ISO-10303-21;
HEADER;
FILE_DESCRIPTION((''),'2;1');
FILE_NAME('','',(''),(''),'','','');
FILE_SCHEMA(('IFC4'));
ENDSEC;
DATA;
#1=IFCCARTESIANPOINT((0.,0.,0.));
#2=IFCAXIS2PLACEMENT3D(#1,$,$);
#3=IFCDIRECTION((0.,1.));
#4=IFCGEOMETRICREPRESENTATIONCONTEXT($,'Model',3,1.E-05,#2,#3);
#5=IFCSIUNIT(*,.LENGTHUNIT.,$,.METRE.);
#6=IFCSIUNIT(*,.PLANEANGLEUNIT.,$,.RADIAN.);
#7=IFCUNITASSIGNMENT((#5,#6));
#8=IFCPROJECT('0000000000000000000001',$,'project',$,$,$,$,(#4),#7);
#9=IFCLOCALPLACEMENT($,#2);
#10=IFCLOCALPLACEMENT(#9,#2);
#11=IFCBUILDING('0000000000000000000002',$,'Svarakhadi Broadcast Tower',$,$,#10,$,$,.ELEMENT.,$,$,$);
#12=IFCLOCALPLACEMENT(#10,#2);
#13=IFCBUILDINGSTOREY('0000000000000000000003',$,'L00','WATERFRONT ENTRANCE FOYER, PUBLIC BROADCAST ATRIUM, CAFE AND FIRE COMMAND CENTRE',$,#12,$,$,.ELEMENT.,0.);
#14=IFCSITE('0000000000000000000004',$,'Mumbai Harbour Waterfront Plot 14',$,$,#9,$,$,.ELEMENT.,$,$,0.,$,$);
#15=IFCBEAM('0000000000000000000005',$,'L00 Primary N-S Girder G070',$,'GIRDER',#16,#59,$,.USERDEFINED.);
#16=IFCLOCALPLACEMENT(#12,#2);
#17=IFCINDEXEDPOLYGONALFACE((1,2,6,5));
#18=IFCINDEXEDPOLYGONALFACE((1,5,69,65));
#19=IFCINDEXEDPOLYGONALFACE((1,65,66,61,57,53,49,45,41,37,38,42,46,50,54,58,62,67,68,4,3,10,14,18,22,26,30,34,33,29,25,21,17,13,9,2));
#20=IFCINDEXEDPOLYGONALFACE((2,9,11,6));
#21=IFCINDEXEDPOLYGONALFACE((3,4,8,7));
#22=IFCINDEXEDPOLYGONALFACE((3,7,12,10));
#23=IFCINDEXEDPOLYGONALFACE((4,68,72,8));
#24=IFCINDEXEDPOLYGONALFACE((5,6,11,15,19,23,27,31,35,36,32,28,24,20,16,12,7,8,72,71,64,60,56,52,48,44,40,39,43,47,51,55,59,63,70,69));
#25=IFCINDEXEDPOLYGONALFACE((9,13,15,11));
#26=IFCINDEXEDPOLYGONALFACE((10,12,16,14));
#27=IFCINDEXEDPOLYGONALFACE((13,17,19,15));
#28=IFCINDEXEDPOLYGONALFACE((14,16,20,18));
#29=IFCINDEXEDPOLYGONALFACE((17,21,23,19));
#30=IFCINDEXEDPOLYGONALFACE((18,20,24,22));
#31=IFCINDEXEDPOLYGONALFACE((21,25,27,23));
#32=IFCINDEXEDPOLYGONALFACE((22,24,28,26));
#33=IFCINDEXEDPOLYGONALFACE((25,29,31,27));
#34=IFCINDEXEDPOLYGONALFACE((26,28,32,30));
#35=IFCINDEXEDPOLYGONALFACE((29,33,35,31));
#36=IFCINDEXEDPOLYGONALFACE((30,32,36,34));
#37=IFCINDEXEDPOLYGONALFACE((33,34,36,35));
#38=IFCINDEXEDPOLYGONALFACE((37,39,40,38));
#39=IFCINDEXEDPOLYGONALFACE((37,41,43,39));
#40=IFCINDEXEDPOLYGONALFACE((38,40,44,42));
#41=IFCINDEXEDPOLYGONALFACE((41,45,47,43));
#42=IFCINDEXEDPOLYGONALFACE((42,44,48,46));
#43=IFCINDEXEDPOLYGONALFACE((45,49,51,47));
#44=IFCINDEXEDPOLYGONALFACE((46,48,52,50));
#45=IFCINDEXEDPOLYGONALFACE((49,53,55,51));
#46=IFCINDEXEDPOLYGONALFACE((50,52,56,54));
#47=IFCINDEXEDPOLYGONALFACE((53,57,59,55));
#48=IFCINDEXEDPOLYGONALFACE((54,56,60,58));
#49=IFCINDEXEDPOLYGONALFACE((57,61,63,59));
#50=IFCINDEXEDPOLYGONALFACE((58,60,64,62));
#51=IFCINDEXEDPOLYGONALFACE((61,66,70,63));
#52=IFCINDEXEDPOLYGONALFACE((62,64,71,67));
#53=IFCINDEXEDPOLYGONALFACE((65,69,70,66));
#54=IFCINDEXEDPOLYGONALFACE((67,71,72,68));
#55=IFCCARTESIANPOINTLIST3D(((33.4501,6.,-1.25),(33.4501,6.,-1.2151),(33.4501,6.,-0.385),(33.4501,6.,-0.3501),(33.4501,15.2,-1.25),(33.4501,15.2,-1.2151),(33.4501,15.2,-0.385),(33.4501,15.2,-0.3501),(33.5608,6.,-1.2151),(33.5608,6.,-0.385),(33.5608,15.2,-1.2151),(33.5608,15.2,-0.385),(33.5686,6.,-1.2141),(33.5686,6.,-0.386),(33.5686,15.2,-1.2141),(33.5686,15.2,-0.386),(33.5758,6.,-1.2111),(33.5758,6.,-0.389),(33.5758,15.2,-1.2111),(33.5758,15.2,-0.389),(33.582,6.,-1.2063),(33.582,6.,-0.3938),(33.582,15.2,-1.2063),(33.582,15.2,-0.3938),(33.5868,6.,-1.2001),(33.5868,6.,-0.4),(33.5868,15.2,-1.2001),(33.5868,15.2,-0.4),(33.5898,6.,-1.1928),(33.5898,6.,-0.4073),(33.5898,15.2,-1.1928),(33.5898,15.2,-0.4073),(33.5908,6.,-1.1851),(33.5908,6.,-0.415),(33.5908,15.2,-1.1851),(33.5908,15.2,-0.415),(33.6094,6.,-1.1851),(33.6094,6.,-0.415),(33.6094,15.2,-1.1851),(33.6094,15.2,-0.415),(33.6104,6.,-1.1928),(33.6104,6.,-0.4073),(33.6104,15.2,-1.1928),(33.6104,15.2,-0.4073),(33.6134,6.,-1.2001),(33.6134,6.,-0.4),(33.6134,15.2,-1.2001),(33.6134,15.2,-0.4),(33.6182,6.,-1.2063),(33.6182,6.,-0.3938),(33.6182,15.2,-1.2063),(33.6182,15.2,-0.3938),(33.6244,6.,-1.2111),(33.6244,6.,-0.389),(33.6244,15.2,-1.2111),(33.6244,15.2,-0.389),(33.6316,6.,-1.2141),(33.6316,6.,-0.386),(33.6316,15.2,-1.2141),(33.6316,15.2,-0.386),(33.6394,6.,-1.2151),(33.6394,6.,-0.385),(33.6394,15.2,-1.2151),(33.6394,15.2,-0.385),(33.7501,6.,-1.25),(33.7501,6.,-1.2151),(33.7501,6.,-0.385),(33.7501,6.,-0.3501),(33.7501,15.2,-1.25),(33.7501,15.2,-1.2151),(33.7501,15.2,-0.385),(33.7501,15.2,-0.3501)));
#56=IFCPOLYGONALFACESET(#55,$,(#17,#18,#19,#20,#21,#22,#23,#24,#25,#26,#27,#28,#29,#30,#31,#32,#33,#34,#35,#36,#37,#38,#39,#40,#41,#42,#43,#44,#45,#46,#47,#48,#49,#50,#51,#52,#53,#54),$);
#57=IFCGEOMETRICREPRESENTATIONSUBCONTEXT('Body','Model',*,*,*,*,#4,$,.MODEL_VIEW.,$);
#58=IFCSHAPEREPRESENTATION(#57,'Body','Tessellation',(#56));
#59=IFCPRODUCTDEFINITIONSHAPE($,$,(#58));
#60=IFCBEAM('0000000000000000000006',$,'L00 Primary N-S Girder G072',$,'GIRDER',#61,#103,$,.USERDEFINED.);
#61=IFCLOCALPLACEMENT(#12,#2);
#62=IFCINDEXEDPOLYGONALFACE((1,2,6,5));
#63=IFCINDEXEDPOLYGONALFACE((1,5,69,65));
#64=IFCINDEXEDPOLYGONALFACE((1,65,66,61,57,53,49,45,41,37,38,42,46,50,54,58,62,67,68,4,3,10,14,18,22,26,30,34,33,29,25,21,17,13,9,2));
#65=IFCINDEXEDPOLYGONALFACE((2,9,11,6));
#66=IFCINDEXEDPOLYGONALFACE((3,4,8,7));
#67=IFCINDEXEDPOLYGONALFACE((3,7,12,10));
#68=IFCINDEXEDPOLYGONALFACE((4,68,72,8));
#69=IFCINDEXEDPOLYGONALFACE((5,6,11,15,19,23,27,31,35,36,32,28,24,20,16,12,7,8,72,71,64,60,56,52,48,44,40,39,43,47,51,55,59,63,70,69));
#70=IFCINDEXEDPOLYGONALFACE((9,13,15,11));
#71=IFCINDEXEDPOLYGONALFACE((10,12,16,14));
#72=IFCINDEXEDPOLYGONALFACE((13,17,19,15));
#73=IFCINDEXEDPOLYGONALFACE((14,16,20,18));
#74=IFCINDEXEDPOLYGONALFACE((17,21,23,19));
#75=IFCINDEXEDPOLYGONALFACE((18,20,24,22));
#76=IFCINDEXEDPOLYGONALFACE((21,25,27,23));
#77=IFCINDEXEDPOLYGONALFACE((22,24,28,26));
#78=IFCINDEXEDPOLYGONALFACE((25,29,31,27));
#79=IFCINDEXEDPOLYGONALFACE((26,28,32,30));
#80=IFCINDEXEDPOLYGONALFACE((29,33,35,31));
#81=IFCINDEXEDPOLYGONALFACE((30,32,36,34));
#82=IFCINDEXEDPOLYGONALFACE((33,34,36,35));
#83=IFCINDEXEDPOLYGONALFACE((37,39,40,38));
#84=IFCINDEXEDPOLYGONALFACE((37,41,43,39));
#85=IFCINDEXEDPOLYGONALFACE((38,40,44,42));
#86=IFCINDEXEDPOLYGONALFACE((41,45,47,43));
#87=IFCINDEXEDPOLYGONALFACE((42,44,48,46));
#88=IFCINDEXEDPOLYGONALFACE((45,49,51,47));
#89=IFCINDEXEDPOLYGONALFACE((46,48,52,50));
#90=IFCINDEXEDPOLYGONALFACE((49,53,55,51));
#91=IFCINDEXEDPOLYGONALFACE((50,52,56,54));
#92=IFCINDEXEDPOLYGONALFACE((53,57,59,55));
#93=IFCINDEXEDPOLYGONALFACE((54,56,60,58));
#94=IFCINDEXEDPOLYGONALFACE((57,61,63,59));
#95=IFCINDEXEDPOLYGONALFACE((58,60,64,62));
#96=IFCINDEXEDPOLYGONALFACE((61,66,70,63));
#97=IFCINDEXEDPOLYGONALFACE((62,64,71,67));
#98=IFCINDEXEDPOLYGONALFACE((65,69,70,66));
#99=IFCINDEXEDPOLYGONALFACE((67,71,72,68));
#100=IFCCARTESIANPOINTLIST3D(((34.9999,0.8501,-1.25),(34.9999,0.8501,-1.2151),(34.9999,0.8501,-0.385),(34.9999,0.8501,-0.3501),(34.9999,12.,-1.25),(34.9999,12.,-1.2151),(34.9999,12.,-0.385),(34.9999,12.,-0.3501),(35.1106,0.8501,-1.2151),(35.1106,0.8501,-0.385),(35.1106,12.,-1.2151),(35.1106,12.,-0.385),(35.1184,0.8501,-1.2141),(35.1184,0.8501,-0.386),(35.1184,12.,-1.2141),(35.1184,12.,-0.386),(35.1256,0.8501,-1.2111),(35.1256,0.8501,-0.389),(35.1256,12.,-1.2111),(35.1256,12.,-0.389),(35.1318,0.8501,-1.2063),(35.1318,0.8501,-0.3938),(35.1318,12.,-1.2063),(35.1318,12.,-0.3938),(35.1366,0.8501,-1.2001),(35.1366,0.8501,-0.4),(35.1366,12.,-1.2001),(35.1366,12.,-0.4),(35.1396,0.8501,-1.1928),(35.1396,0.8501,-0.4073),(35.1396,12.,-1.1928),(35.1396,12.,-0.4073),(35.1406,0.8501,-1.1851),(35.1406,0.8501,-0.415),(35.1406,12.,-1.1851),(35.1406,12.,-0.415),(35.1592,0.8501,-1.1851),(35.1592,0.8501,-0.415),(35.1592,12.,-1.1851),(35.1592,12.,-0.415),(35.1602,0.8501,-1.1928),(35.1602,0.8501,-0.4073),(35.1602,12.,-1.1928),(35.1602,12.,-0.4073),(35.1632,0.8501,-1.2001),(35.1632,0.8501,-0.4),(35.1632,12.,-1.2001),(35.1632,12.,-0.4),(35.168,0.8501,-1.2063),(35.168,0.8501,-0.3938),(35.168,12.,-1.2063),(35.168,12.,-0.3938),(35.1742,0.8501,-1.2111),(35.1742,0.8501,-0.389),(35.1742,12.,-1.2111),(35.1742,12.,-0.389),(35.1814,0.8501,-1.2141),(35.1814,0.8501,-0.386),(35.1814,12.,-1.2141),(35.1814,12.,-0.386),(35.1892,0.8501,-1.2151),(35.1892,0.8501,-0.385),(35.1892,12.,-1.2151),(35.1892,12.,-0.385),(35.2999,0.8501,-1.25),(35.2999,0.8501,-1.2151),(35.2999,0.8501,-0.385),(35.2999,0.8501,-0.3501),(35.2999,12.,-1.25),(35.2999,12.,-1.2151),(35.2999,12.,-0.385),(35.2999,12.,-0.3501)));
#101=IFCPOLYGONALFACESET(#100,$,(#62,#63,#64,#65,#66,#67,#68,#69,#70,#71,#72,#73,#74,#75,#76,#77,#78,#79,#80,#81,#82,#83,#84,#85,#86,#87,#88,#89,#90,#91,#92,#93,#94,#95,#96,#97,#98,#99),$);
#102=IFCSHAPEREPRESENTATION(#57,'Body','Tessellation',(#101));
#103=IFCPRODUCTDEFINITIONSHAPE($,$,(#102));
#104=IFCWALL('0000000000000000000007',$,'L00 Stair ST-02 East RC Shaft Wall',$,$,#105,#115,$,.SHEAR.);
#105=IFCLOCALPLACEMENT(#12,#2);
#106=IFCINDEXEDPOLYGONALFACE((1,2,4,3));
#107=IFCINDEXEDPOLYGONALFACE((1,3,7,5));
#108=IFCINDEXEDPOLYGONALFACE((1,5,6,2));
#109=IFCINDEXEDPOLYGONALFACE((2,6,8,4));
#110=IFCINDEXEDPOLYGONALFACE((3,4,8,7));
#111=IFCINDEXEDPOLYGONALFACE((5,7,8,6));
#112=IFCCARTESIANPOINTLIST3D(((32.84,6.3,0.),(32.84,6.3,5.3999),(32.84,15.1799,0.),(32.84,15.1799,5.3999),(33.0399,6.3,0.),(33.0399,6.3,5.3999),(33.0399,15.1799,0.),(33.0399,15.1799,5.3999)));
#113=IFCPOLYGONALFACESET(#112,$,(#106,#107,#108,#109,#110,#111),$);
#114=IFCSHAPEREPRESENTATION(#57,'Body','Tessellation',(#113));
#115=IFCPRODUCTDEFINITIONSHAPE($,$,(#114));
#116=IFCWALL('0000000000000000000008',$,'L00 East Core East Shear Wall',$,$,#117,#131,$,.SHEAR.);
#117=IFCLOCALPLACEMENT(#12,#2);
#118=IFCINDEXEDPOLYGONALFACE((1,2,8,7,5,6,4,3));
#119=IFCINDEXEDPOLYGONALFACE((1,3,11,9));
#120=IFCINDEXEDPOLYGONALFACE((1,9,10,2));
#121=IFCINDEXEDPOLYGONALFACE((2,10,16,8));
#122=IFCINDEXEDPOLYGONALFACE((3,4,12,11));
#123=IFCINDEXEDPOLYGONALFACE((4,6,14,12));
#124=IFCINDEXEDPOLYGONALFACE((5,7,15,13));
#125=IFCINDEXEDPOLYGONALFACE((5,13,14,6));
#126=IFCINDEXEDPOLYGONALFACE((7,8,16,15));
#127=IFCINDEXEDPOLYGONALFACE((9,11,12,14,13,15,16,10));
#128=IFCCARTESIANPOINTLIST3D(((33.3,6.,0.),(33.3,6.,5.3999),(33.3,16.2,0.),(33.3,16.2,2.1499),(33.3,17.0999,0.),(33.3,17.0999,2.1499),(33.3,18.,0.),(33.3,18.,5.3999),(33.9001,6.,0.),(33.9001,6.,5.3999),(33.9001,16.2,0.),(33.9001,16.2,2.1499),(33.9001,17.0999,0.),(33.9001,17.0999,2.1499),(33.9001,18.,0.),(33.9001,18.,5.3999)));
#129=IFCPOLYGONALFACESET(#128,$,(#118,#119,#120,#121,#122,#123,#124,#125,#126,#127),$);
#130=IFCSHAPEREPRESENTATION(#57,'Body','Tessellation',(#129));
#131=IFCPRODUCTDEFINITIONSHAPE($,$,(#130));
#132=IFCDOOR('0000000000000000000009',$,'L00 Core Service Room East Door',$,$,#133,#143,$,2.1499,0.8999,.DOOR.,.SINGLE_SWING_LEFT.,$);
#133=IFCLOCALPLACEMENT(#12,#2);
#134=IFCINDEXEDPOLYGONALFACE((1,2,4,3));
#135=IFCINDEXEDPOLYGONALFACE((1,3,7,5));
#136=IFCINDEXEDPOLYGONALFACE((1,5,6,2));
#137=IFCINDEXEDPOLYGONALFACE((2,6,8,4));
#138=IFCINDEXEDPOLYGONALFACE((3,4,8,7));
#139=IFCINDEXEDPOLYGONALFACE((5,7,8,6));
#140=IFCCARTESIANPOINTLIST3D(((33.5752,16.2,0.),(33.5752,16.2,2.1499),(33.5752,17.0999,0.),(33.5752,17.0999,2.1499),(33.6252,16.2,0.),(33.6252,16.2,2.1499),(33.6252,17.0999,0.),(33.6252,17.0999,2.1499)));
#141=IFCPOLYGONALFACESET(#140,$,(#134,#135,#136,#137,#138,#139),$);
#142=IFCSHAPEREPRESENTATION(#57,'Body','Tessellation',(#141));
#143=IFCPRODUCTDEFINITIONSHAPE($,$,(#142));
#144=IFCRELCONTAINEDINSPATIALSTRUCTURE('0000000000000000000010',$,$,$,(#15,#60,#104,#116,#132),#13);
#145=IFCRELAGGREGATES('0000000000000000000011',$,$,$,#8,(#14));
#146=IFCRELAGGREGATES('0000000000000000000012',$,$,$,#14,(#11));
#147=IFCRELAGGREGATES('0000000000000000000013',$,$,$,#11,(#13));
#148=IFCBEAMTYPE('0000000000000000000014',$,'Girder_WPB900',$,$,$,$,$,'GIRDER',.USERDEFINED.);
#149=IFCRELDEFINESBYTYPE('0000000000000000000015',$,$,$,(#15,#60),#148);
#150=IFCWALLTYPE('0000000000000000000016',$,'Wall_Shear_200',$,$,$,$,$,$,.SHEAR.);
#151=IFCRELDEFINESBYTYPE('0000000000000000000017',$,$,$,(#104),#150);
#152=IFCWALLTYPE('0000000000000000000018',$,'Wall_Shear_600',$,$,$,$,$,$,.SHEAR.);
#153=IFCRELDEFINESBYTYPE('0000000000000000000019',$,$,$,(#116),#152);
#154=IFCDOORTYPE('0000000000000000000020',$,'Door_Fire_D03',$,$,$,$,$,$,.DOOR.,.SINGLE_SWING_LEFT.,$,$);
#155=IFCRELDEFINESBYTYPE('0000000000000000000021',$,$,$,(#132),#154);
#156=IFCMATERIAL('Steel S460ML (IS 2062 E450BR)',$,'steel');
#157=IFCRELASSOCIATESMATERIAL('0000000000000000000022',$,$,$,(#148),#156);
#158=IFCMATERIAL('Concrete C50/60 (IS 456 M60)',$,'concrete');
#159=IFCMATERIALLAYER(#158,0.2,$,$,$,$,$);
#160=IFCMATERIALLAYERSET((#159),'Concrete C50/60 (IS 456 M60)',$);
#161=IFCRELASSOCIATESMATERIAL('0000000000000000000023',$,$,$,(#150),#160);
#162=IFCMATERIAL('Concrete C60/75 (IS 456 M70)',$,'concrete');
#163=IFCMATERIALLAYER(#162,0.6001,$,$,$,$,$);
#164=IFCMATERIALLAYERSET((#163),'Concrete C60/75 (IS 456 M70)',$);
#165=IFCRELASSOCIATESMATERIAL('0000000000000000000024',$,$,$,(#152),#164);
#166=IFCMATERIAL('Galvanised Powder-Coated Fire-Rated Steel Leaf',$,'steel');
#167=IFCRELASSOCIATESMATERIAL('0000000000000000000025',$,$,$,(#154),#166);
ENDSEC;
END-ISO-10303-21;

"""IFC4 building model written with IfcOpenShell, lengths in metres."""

from ifc_helpers import new_model, si_unit, direction, frame, frame_2d, origin, origin_2d, place, context, subcontext, project, spatial, rectangle, i_section, extrude, material, layer, layer_set, material_profile, profile_set, type_object, element, fill, save


model = new_model("IFC4")

# Units and contexts
model_context = context("Model", 3, precision=1e-05, world=origin(), true_north=direction((0.0, 1.0)))
body_context = subcontext(model_context, "Body", "Model", "MODEL_VIEW")
ifc_project = project(units=[si_unit("LENGTHUNIT", "METRE"), si_unit("PLANEANGLEUNIT", "RADIAN")], contexts=[model_context])

# Site, building, storey
site_placement = place(None, origin())
site = spatial("IfcSite", under=ifc_project, at=site_placement, Name="Mumbai Harbour Waterfront Plot 14", CompositionType="ELEMENT", RefElevation=0.0)
building_placement = place(site_placement, origin())
building = spatial("IfcBuilding", under=site, at=building_placement, Name="Svarakhadi Broadcast Tower", CompositionType="ELEMENT")
storey_placement = place(building_placement, origin())
storey = spatial("IfcBuildingStorey", under=building, at=storey_placement, Name="L00", Description="WATERFRONT ENTRANCE FOYER, PUBLIC BROADCAST ATRIUM, CAFE AND FIRE COMMAND CENTRE", CompositionType="ELEMENT", Elevation=0.0)

# Shared definitions
ifc_material_1 = material(Name="Concrete C60/75 (IS 456 M70)", Category="concrete")

# Beams
ifc_material_2 = material(Name="Steel S460ML (IS 2062 E450BR)", Category="steel")
ifc_material_profile_1 = material_profile(ifc_material_2, i_section(OverallWidth=0.3, OverallDepth=0.8999, WebThickness=0.0186, FlangeThickness=0.0349, FilletRadius=0.03, at=origin_2d()), Name="WPB 900x300x291")
ifc_profile_set_1 = profile_set([ifc_material_profile_1], Name="Steel S460ML (IS 2062 E450BR)")
beam_type_1 = type_object("IfcBeamType", Name="Girder_WPB900", ElementType="GIRDER", PredefinedType="USERDEFINED", material=ifc_profile_set_1)
beam_1_placement = place(storey_placement, frame((33.6001, 6.0, -0.8), z_axis=(0.0, 1.0, 0.0), x_axis=(-1.0, 0.0, 0.0)))
element("IfcBeam", 1, at=beam_1_placement, inside=storey, type_object=beam_type_1, Name="L00 Primary N-S Girder G070", ObjectType="GIRDER", PredefinedType="USERDEFINED", context=body_context, shape_type="SweptSolid", body=[
    extrude(i_section(OverallWidth=0.3, OverallDepth=0.8999, WebThickness=0.0186, FlangeThickness=0.0349, FilletRadius=0.03, at=origin_2d()), origin(), (0.0, 0.0, 1.0), 9.2),
])
beam_2_placement = place(storey_placement, frame((35.1499, 0.8501, -0.8), z_axis=(0.0, 1.0, 0.0), x_axis=(-1.0, 0.0, 0.0)))
element("IfcBeam", 2, at=beam_2_placement, inside=storey, type_object=beam_type_1, Name="L00 Primary N-S Girder G072", ObjectType="GIRDER", PredefinedType="USERDEFINED", context=body_context, shape_type="SweptSolid", body=[
    extrude(i_section(OverallWidth=0.3, OverallDepth=0.8999, WebThickness=0.0186, FlangeThickness=0.0349, FilletRadius=0.03, at=origin_2d()), origin(), (0.0, 0.0, 1.0), 11.1499),
])

# Wall
ifc_material_3 = material(Name="Concrete C50/60 (IS 456 M60)", Category="concrete")
ifc_layer_1 = layer(ifc_material_3, 0.2)
ifc_layer_set_1 = layer_set([ifc_layer_1], Name="Concrete C50/60 (IS 456 M60)")
wall_type_1 = type_object("IfcWallType", Name="Wall_Shear_200", PredefinedType="SHEAR", material=ifc_layer_set_1)
wall_1_placement = place(storey_placement, frame((32.9399, 6.3, 0.0), z_axis=(0.0, 0.0, 1.0), x_axis=(0.0, 1.0, 0.0)))
element("IfcWall", 3, at=wall_1_placement, inside=storey, type_object=wall_type_1, Name="L00 Stair ST-02 East RC Shaft Wall", PredefinedType="SHEAR", context=body_context, shape_type="SweptSolid", body=[
    extrude(rectangle(XDim=8.8799, YDim=0.2, at=frame_2d((4.4399, 0.0))), origin(), (0.0, 0.0, 1.0), 5.3999),
])

# Wall, opening, door
ifc_layer_2 = layer(ifc_material_1, 0.6001)
ifc_layer_set_2 = layer_set([ifc_layer_2], Name="Concrete C60/75 (IS 456 M70)")
wall_type_2 = type_object("IfcWallType", Name="Wall_Shear_600", PredefinedType="SHEAR", material=ifc_layer_set_2)
wall_2_placement = place(storey_placement, frame((33.6001, 6.0, 0.0), z_axis=(0.0, 0.0, 1.0), x_axis=(0.0, 1.0, 0.0)))
wall_2 = element("IfcWall", 4, at=wall_2_placement, inside=storey, type_object=wall_type_2, Name="L00 East Core East Shear Wall", PredefinedType="SHEAR", context=body_context, shape_type="SweptSolid", body=[
    extrude(rectangle(XDim=12.0, YDim=0.6001, at=frame_2d((6.0, 0.0))), origin(), (0.0, 0.0, 1.0), 5.3999),
])
opening_placement = place(wall_2_placement, frame((10.2, 0.0, 0.0)))
opening = element("IfcOpeningElement", 5, at=opening_placement, cuts=wall_2, PredefinedType="OPENING", context=body_context, shape_type="SweptSolid", body=[
    extrude(rectangle(XDim=0.8999, YDim=2.1499, at=frame_2d((0.45, 1.075))), frame((0.0, 0.3101, 0.0), z_axis=(0.0, -1.0, 0.0), x_axis=(1.0, 0.0, 0.0)), (0.0, 0.0, 1.0), 0.6201),
])
ifc_material_4 = material(Name="Galvanised Powder-Coated Fire-Rated Steel Leaf", Category="steel")
door_type = type_object("IfcDoorType", Name="Door_Fire_D03", OperationType="SINGLE_SWING_LEFT", PredefinedType="DOOR", material=ifc_material_4)
door_placement = place(opening_placement, origin())
door = element("IfcDoor", 6, at=door_placement, inside=storey, type_object=door_type, Name="L00 Core Service Room East Door", OperationType="SINGLE_SWING_LEFT", OverallHeight=2.1499, OverallWidth=0.8999, PredefinedType="DOOR", context=body_context, shape_type="SweptSolid", body=[
    extrude(rectangle(XDim=0.8999, YDim=2.1499, at=frame_2d((0.45, 1.075))), frame((0.0, 0.0249, 0.0), z_axis=(0.0, -1.0, 0.0), x_axis=(1.0, 0.0, 0.0)), (0.0, 0.0, 1.0), 0.05),
])
fill(opening, door)

save(model, "model.ifc")
